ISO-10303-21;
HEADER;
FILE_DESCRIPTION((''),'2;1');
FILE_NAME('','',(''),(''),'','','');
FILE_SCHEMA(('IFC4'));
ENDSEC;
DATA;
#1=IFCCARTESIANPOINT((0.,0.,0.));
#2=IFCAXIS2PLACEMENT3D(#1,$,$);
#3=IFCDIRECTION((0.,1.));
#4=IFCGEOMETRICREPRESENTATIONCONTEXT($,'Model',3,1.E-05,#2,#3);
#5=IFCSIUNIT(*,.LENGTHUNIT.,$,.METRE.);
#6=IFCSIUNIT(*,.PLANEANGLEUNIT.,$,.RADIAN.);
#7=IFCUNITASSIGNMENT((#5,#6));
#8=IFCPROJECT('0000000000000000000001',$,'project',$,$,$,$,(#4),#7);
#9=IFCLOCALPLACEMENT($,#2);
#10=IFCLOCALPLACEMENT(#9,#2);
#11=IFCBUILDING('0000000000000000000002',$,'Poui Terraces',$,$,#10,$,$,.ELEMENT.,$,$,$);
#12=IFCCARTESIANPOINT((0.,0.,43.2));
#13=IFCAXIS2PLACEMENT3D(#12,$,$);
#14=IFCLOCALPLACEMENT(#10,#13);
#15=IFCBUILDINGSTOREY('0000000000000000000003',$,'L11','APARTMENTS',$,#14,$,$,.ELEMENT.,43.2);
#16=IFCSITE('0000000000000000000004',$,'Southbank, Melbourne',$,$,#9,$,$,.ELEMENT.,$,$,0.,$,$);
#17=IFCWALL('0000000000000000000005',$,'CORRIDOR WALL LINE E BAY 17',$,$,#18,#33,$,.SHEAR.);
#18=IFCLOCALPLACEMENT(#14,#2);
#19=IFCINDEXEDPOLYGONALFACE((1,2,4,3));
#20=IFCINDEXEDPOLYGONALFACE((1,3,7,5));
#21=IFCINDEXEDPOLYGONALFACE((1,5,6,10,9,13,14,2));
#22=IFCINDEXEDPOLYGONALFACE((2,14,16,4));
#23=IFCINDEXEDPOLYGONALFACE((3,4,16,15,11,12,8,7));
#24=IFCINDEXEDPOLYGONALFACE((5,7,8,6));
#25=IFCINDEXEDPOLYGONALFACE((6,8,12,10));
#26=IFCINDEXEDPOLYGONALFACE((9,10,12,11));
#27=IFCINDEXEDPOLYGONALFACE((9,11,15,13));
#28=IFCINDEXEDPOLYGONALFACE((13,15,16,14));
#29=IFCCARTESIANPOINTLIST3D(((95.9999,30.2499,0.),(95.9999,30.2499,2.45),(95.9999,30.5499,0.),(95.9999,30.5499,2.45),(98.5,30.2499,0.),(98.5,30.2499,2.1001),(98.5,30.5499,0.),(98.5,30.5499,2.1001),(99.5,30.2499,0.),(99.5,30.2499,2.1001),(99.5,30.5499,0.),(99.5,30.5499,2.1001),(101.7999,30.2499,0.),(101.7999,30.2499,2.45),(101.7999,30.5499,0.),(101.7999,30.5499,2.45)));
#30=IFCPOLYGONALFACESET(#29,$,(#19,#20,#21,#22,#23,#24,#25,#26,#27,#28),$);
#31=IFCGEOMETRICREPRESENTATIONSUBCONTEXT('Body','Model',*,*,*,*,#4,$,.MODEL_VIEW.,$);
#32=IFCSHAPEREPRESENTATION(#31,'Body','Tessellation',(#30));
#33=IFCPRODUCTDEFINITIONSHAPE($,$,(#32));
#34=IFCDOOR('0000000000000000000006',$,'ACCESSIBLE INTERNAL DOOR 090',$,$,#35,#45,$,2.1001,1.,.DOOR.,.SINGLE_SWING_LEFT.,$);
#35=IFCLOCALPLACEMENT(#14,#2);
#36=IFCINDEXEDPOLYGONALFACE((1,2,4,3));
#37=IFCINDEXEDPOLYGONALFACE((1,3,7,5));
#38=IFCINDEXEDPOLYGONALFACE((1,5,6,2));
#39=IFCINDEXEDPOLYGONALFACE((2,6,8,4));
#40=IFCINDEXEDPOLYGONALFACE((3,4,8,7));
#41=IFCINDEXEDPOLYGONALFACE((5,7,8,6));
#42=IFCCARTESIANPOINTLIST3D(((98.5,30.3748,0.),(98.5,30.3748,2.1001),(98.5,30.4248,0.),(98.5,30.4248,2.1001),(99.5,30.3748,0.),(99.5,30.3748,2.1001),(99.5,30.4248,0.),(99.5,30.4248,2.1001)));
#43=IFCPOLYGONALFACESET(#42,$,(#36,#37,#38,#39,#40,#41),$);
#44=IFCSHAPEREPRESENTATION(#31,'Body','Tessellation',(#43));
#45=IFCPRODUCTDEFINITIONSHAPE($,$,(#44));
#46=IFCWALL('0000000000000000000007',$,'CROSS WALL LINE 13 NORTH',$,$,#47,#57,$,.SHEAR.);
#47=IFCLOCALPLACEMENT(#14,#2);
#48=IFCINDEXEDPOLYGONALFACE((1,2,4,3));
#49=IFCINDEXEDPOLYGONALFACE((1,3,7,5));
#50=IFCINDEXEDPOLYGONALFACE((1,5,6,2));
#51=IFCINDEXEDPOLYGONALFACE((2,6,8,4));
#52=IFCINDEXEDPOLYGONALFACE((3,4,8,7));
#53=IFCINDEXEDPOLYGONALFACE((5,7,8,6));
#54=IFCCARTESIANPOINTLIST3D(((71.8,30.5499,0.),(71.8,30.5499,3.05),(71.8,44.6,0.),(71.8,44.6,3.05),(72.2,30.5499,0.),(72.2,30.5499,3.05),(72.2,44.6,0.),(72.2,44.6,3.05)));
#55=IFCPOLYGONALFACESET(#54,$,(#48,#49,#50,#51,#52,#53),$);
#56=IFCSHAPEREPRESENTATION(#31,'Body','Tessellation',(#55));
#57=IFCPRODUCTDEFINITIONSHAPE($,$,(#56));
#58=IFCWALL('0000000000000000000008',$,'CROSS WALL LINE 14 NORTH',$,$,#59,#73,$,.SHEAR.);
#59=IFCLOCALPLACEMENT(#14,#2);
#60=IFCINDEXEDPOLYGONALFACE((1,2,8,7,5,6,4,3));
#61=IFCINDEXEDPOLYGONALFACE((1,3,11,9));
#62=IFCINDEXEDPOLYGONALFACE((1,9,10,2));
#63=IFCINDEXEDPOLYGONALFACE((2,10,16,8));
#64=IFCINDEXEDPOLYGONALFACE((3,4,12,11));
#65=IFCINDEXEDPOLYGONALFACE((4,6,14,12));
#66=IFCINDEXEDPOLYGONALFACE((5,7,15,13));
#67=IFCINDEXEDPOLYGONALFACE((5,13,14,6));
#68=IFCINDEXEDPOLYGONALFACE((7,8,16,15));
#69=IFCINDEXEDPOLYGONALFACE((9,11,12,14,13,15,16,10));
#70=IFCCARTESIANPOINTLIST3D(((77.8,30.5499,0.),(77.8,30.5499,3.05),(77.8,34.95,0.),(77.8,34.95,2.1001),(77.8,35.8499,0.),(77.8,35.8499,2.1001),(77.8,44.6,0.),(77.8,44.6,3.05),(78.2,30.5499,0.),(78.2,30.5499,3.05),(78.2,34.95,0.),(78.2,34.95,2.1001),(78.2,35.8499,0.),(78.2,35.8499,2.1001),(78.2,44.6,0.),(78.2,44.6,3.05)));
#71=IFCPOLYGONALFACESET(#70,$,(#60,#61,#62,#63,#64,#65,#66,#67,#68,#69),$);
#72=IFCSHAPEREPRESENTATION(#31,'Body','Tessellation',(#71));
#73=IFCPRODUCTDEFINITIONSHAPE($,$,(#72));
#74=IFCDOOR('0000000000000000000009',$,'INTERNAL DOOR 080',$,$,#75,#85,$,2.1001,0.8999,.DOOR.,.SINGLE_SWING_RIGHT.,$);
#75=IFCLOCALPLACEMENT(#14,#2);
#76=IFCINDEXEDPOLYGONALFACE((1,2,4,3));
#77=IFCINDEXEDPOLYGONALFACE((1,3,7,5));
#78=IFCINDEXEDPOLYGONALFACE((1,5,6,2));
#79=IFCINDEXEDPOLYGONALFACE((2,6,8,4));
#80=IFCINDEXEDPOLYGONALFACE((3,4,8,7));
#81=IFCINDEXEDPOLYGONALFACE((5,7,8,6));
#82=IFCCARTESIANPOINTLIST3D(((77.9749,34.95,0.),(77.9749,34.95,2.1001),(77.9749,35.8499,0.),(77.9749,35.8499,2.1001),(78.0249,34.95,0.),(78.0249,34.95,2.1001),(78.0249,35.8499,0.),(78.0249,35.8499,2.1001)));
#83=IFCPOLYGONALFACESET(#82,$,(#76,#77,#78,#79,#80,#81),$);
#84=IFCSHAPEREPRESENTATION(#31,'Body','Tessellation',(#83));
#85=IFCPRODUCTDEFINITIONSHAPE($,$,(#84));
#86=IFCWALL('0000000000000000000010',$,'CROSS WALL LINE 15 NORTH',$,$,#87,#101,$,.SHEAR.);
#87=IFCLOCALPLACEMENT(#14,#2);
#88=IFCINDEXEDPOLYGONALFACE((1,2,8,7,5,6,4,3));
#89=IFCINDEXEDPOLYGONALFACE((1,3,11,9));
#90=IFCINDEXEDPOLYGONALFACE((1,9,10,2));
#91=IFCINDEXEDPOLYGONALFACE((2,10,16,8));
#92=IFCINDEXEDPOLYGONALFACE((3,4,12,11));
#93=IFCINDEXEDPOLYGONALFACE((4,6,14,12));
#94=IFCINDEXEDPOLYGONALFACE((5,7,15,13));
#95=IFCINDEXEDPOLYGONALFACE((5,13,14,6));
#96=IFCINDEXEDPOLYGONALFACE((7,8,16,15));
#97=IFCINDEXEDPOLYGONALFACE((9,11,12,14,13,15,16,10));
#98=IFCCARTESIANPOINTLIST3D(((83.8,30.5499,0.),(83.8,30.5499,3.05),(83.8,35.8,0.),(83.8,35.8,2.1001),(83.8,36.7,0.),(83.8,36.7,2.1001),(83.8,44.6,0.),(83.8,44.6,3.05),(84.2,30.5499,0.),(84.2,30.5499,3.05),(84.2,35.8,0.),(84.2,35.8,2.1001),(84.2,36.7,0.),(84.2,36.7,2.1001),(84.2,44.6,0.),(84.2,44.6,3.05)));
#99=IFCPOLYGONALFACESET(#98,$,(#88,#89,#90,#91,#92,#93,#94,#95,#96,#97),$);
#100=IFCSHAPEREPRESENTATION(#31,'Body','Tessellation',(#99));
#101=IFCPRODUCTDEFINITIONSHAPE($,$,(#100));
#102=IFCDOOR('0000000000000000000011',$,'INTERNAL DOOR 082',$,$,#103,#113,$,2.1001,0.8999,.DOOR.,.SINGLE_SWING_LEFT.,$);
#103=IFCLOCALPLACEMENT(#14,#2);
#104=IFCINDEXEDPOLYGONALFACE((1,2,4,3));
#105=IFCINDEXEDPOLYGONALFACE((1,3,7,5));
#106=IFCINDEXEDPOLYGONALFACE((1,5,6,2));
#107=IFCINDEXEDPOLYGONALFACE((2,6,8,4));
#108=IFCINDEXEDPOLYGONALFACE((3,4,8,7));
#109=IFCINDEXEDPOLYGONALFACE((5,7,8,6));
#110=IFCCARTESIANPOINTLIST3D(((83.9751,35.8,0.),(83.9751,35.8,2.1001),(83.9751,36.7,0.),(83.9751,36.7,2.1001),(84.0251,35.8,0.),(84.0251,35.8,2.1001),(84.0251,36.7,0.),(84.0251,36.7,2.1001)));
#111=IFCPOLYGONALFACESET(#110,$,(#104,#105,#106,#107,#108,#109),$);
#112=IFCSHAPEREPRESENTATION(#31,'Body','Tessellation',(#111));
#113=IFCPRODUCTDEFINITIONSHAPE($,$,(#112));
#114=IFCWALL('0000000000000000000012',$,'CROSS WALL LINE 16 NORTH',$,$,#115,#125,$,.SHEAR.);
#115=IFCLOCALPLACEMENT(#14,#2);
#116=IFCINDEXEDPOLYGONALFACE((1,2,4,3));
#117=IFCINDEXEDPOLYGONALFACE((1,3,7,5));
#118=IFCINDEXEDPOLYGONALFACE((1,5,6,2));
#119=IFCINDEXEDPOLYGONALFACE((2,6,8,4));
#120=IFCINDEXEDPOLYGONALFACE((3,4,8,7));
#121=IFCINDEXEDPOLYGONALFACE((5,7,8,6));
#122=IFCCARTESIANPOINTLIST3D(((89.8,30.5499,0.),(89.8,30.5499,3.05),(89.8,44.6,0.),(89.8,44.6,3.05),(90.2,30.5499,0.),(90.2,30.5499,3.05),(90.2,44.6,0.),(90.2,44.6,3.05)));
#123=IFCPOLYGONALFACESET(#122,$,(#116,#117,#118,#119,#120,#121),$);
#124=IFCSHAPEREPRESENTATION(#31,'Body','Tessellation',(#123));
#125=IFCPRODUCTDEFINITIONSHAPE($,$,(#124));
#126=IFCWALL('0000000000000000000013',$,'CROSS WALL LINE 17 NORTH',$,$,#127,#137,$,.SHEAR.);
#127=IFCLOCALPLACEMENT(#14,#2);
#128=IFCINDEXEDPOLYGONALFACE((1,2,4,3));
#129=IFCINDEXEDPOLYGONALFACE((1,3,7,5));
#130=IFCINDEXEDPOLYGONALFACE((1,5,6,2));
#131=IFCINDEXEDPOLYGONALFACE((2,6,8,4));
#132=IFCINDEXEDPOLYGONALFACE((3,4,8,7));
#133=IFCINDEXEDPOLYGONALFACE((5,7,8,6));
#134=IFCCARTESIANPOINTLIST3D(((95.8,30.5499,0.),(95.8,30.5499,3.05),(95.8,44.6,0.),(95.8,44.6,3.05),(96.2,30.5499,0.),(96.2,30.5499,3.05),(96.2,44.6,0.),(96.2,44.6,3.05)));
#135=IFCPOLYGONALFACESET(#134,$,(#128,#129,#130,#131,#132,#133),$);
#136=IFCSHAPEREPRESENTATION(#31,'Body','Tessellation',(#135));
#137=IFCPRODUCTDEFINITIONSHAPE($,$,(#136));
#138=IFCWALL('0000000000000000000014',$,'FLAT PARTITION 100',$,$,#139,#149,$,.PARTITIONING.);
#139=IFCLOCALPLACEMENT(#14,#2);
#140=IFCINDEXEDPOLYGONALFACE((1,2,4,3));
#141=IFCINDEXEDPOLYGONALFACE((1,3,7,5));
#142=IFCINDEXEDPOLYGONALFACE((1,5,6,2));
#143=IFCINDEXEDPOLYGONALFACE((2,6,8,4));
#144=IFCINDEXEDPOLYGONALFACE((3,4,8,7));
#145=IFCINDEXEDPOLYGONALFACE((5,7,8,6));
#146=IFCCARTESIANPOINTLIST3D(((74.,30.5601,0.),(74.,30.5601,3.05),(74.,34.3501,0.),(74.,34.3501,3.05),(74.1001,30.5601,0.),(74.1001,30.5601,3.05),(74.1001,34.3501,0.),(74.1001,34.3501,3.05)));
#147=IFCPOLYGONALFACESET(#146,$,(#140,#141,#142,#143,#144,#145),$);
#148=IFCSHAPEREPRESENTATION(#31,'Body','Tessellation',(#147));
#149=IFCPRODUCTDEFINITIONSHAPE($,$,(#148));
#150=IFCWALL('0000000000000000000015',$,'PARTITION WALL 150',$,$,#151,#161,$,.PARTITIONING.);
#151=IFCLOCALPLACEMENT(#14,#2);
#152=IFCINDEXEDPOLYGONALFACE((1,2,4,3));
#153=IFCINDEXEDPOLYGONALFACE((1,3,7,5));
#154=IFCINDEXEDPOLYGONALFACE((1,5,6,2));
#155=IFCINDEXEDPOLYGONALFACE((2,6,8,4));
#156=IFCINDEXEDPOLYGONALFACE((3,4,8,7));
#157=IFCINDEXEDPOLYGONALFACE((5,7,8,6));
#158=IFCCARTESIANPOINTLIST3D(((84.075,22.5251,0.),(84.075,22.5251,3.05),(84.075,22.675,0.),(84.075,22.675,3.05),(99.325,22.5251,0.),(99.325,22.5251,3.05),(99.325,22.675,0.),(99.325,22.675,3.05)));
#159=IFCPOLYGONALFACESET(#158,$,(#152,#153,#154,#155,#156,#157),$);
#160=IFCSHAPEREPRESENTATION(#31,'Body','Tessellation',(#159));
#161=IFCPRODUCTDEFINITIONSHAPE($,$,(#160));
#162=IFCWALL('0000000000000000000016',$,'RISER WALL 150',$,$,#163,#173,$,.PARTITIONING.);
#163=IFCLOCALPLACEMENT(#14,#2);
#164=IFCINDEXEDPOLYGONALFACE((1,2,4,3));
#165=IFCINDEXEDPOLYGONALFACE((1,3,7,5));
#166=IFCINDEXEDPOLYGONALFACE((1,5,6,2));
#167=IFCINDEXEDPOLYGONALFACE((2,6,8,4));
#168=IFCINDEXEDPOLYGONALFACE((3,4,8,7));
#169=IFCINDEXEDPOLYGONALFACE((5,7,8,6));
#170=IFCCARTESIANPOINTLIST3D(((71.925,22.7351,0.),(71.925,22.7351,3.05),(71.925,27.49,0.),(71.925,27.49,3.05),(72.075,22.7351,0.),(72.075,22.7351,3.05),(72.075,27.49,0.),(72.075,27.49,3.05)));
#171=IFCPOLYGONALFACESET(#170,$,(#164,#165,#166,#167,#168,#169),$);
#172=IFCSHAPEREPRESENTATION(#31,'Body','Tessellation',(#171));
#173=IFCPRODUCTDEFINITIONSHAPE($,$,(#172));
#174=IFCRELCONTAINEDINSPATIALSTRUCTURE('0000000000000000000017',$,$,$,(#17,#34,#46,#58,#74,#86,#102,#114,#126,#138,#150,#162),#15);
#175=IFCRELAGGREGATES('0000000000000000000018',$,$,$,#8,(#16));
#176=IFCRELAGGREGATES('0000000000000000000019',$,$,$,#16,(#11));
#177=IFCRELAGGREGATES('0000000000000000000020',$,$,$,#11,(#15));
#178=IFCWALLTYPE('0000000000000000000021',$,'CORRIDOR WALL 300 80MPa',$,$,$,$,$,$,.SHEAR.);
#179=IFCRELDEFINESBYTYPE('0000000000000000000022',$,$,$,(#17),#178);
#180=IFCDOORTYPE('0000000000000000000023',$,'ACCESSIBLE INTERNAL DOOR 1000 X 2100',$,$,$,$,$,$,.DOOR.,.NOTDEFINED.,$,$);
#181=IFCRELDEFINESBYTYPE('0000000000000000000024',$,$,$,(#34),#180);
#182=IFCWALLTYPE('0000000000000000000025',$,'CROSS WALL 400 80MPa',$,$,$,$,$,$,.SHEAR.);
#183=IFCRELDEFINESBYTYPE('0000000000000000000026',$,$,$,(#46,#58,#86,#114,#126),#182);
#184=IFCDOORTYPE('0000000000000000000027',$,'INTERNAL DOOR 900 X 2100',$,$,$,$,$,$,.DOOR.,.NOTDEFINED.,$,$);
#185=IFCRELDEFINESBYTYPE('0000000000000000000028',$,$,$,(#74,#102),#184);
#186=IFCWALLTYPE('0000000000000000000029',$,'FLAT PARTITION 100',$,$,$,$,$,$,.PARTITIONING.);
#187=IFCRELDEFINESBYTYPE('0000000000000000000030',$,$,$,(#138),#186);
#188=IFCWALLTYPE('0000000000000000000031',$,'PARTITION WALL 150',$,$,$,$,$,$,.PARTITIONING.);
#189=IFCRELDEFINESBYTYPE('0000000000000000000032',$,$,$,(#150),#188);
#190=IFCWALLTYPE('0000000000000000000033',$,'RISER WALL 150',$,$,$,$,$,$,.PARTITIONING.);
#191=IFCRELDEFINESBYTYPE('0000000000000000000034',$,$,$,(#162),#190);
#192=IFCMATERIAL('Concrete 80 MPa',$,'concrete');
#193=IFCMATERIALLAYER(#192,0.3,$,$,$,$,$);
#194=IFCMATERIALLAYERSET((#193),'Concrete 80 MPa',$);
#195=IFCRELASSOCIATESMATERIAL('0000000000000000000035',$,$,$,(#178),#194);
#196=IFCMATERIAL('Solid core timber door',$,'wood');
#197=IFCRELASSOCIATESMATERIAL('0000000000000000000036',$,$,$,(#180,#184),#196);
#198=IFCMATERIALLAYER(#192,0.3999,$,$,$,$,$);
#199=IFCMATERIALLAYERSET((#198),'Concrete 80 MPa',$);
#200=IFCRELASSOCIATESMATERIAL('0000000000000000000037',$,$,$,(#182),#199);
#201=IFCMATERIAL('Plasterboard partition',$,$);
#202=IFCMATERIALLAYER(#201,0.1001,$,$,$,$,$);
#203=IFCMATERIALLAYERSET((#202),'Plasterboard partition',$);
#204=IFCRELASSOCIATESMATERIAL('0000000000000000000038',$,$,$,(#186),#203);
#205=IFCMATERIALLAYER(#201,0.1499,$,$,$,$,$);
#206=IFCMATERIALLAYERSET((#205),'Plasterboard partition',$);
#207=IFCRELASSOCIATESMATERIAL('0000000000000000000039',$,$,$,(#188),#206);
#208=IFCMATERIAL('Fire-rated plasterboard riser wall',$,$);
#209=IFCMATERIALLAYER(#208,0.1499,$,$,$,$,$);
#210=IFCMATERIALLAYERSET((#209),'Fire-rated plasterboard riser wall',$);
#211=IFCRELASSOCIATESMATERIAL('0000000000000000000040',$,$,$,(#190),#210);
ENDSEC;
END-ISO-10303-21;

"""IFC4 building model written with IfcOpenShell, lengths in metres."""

from ifc_helpers import new_model, si_unit, direction, frame, frame_2d, origin, place, context, subcontext, project, spatial, rectangle, extrude, material, layer, layer_set, type_object, element, fill, save


model = new_model("IFC4")

# Units and contexts
model_context = context("Model", 3, precision=1e-05, world=origin(), true_north=direction((0.0, 1.0)))
body_context = subcontext(model_context, "Body", "Model", "MODEL_VIEW")
ifc_project = project(units=[si_unit("LENGTHUNIT", "METRE"), si_unit("PLANEANGLEUNIT", "RADIAN")], contexts=[model_context])

# Site, building, storey
site_placement = place(None, origin())
site = spatial("IfcSite", under=ifc_project, at=site_placement, Name="Southbank, Melbourne", CompositionType="ELEMENT", RefElevation=0.0)
building_placement = place(site_placement, origin())
building = spatial("IfcBuilding", under=site, at=building_placement, Name="Poui Terraces", CompositionType="ELEMENT")
storey_placement = place(building_placement, frame((0.0, 0.0, 43.2)))
storey = spatial("IfcBuildingStorey", under=building, at=storey_placement, Name="L11", Description="APARTMENTS", CompositionType="ELEMENT", Elevation=43.2)

# Shared definitions
ifc_material_1 = material(Name="Concrete 80 MPa", Category="concrete")

# Shared definitions
ifc_layer_1 = layer(ifc_material_1, 0.3)
ifc_layer_set_1 = layer_set([ifc_layer_1], Name="Concrete 80 MPa")
wall_type_1 = type_object("IfcWallType", Name="CORRIDOR WALL 300 80MPa", PredefinedType="SHEAR", material=ifc_layer_set_1)

# Wall, opening, door
wall_1_placement = place(storey_placement, frame((96.0, 30.3999, 0.0), z_axis=(0.0, 0.0, 1.0), x_axis=(1.0, 0.0, 0.0)))
wall_1 = element("IfcWall", 1, at=wall_1_placement, inside=storey, type_object=wall_type_1, Name="CORRIDOR WALL LINE E BAY 17", PredefinedType="SHEAR", context=body_context, shape_type="SweptSolid", body=[
    extrude(rectangle(XDim=5.8, YDim=0.3, at=frame_2d((2.8999, 0.0))), origin(), (0.0, 0.0, 1.0), 2.45),
])
opening_1_placement = place(wall_1_placement, frame((2.5, 0.0, 0.0)))
opening_1 = element("IfcOpeningElement", 2, at=opening_1_placement, cuts=wall_1, PredefinedType="OPENING", context=body_context, shape_type="SweptSolid", body=[
    extrude(rectangle(XDim=1.0, YDim=2.1001, at=frame_2d((0.5, 1.05))), frame((0.0, 0.1602, 0.0), z_axis=(0.0, -1.0, 0.0), x_axis=(1.0, 0.0, 0.0)), (0.0, 0.0, 1.0), 0.3201),
])
ifc_material_2 = material(Name="Solid core timber door", Category="wood")
door_type_1 = type_object("IfcDoorType", Name="ACCESSIBLE INTERNAL DOOR 1000 X 2100", OperationType="NOTDEFINED", PredefinedType="DOOR", material=ifc_material_2)
door_1_placement = place(opening_1_placement, origin())
door_1 = element("IfcDoor", 3, at=door_1_placement, inside=storey, type_object=door_type_1, Name="ACCESSIBLE INTERNAL DOOR 090", OperationType="SINGLE_SWING_LEFT", OverallHeight=2.1001, OverallWidth=1.0, PredefinedType="DOOR", context=body_context, shape_type="SweptSolid", body=[
    extrude(rectangle(XDim=1.0, YDim=2.1001, at=frame_2d((0.5, 1.05))), frame((0.0, 0.0249, 0.0), z_axis=(0.0, -1.0, 0.0), x_axis=(1.0, 0.0, 0.0)), (0.0, 0.0, 1.0), 0.05),
])
fill(opening_1, door_1)

# Wall
ifc_layer_2 = layer(ifc_material_1, 0.3999)
ifc_layer_set_2 = layer_set([ifc_layer_2], Name="Concrete 80 MPa")
wall_type_2 = type_object("IfcWallType", Name="CROSS WALL 400 80MPa", PredefinedType="SHEAR", material=ifc_layer_set_2)
wall_2_placement = place(storey_placement, frame((72.0, 30.55, 0.0), z_axis=(0.0, 0.0, 1.0), x_axis=(0.0, 1.0, 0.0)))
element("IfcWall", 4, at=wall_2_placement, inside=storey, type_object=wall_type_2, Name="CROSS WALL LINE 13 NORTH", PredefinedType="SHEAR", context=body_context, shape_type="SweptSolid", body=[
    extrude(rectangle(XDim=14.05, YDim=0.3999, at=frame_2d((7.0249, 0.0))), origin(), (0.0, 0.0, 1.0), 3.05),
])

# Walls, openings, doors
wall_3_placement = place(storey_placement, frame((78.0, 30.55, 0.0), z_axis=(0.0, 0.0, 1.0), x_axis=(0.0, 1.0, 0.0)))
wall_3 = element("IfcWall", 5, at=wall_3_placement, inside=storey, type_object=wall_type_2, Name="CROSS WALL LINE 14 NORTH", PredefinedType="SHEAR", context=body_context, shape_type="SweptSolid", body=[
    extrude(rectangle(XDim=14.05, YDim=0.3999, at=frame_2d((7.0249, 0.0))), origin(), (0.0, 0.0, 1.0), 3.05),
])
opening_2_placement = place(wall_3_placement, frame((4.3999, 0.0, 0.0)))
opening_2 = element("IfcOpeningElement", 6, at=opening_2_placement, cuts=wall_3, PredefinedType="OPENING", context=body_context, shape_type="SweptSolid", body=[
    extrude(rectangle(XDim=0.8999, YDim=2.1001, at=frame_2d((0.45, 1.05))), frame((0.0, 0.21, 0.0), z_axis=(0.0, -1.0, 0.0), x_axis=(1.0, 0.0, 0.0)), (0.0, 0.0, 1.0), 0.4199),
])
door_type_2 = type_object("IfcDoorType", Name="INTERNAL DOOR 900 X 2100", OperationType="NOTDEFINED", PredefinedType="DOOR", material=ifc_material_2)
door_2_placement = place(opening_2_placement, frame((0.8999, 0.0, 0.0), z_axis=(0.0, 0.0, 1.0), x_axis=(-1.0, 0.0, 0.0)))
door_2 = element("IfcDoor", 7, at=door_2_placement, inside=storey, type_object=door_type_2, Name="INTERNAL DOOR 080", OperationType="SINGLE_SWING_RIGHT", OverallHeight=2.1001, OverallWidth=0.8999, PredefinedType="DOOR", context=body_context, shape_type="SweptSolid", body=[
    extrude(rectangle(XDim=0.8999, YDim=2.1001, at=frame_2d((0.45, 1.05))), frame((0.0, 0.0249, 0.0), z_axis=(0.0, -1.0, 0.0), x_axis=(1.0, 0.0, 0.0)), (0.0, 0.0, 1.0), 0.05),
])
fill(opening_2, door_2)
wall_4_placement = place(storey_placement, frame((84.0, 30.55, 0.0), z_axis=(0.0, 0.0, 1.0), x_axis=(0.0, 1.0, 0.0)))
wall_4 = element("IfcWall", 8, at=wall_4_placement, inside=storey, type_object=wall_type_2, Name="CROSS WALL LINE 15 NORTH", PredefinedType="SHEAR", context=body_context, shape_type="SweptSolid", body=[
    extrude(rectangle(XDim=14.05, YDim=0.3999, at=frame_2d((7.0249, 0.0))), origin(), (0.0, 0.0, 1.0), 3.05),
])
opening_3_placement = place(wall_4_placement, frame((5.25, 0.0, 0.0)))
opening_3 = element("IfcOpeningElement", 9, at=opening_3_placement, cuts=wall_4, PredefinedType="OPENING", context=body_context, shape_type="SweptSolid", body=[
    extrude(rectangle(XDim=0.8999, YDim=2.1001, at=frame_2d((0.45, 1.05))), frame((0.0, 0.21, 0.0), z_axis=(0.0, -1.0, 0.0), x_axis=(1.0, 0.0, 0.0)), (0.0, 0.0, 1.0), 0.4199),
])
door_3_placement = place(opening_3_placement, origin())
door_3 = element("IfcDoor", 10, at=door_3_placement, inside=storey, type_object=door_type_2, Name="INTERNAL DOOR 082", OperationType="SINGLE_SWING_LEFT", OverallHeight=2.1001, OverallWidth=0.8999, PredefinedType="DOOR", context=body_context, shape_type="SweptSolid", body=[
    extrude(rectangle(XDim=0.8999, YDim=2.1001, at=frame_2d((0.45, 1.05))), frame((0.0, 0.0249, 0.0), z_axis=(0.0, -1.0, 0.0), x_axis=(1.0, 0.0, 0.0)), (0.0, 0.0, 1.0), 0.05),
])
fill(opening_3, door_3)

# Walls
for number, where, z_axis, x_axis, name in (
    (11, (90.0, 30.55, 0.0), (0.0, 0.0, 1.0), (0.0, 1.0, 0.0), "CROSS WALL LINE 16 NORTH"),
    (12, (96.0, 30.55, 0.0), (0.0, 0.0, 1.0), (0.0, 1.0, 0.0), "CROSS WALL LINE 17 NORTH"),
):
    element("IfcWall", number, at=place(storey_placement, frame(where, z_axis=z_axis, x_axis=x_axis)), inside=storey, type_object=wall_type_2, Name=name, PredefinedType="SHEAR", context=body_context, shape_type="SweptSolid", body=[
        extrude(rectangle(XDim=14.05, YDim=0.3999, at=frame_2d((7.0249, 0.0))), origin(), (0.0, 0.0, 1.0), 3.05),
    ])
ifc_material_3 = material(Name="Plasterboard partition")
ifc_layer_3 = layer(ifc_material_3, 0.1001)
ifc_layer_set_3 = layer_set([ifc_layer_3], Name="Plasterboard partition")
wall_type_3 = type_object("IfcWallType", Name="FLAT PARTITION 100", PredefinedType="PARTITIONING", material=ifc_layer_set_3)
wall_5_placement = place(storey_placement, frame((74.05, 30.5601, 0.0), z_axis=(0.0, 0.0, 1.0), x_axis=(0.0, 1.0, 0.0)))
element("IfcWall", 13, at=wall_5_placement, inside=storey, type_object=wall_type_3, Name="FLAT PARTITION 100", PredefinedType="PARTITIONING", context=body_context, shape_type="SweptSolid", body=[
    extrude(rectangle(XDim=3.79, YDim=0.1001, at=frame_2d((1.895, 0.0))), origin(), (0.0, 0.0, 1.0), 3.05),
])
ifc_layer_4 = layer(ifc_material_3, 0.1499)
ifc_layer_set_4 = layer_set([ifc_layer_4], Name="Plasterboard partition")
wall_type_4 = type_object("IfcWallType", Name="PARTITION WALL 150", PredefinedType="PARTITIONING", material=ifc_layer_set_4)
wall_6_placement = place(storey_placement, frame((84.075, 22.6001, 0.0), z_axis=(0.0, 0.0, 1.0), x_axis=(1.0, 0.0, 0.0)))
element("IfcWall", 14, at=wall_6_placement, inside=storey, type_object=wall_type_4, Name="PARTITION WALL 150", PredefinedType="PARTITIONING", context=body_context, shape_type="SweptSolid", body=[
    extrude(rectangle(XDim=15.25, YDim=0.1499, at=frame_2d((7.625, 0.0))), origin(), (0.0, 0.0, 1.0), 3.05),
])
ifc_material_4 = material(Name="Fire-rated plasterboard riser wall")
ifc_layer_5 = layer(ifc_material_4, 0.1499)
ifc_layer_set_5 = layer_set([ifc_layer_5], Name="Fire-rated plasterboard riser wall")
wall_type_5 = type_object("IfcWallType", Name="RISER WALL 150", PredefinedType="PARTITIONING", material=ifc_layer_set_5)
for number, where, z_axis, x_axis, name in (
    (15, (72.0, 22.7351, 0.0), (0.0, 0.0, 1.0), (0.0, 1.0, 0.0), "RISER WALL 150"),
):
    element("IfcWall", number, at=place(storey_placement, frame(where, z_axis=z_axis, x_axis=x_axis)), inside=storey, type_object=wall_type_5, Name=name, PredefinedType="PARTITIONING", context=body_context, shape_type="SweptSolid", body=[
        extrude(rectangle(XDim=4.7549, YDim=0.1499, at=frame_2d((2.3774, 0.0))), origin(), (0.0, 0.0, 1.0), 3.05),
    ])

save(model, "model.ifc")
